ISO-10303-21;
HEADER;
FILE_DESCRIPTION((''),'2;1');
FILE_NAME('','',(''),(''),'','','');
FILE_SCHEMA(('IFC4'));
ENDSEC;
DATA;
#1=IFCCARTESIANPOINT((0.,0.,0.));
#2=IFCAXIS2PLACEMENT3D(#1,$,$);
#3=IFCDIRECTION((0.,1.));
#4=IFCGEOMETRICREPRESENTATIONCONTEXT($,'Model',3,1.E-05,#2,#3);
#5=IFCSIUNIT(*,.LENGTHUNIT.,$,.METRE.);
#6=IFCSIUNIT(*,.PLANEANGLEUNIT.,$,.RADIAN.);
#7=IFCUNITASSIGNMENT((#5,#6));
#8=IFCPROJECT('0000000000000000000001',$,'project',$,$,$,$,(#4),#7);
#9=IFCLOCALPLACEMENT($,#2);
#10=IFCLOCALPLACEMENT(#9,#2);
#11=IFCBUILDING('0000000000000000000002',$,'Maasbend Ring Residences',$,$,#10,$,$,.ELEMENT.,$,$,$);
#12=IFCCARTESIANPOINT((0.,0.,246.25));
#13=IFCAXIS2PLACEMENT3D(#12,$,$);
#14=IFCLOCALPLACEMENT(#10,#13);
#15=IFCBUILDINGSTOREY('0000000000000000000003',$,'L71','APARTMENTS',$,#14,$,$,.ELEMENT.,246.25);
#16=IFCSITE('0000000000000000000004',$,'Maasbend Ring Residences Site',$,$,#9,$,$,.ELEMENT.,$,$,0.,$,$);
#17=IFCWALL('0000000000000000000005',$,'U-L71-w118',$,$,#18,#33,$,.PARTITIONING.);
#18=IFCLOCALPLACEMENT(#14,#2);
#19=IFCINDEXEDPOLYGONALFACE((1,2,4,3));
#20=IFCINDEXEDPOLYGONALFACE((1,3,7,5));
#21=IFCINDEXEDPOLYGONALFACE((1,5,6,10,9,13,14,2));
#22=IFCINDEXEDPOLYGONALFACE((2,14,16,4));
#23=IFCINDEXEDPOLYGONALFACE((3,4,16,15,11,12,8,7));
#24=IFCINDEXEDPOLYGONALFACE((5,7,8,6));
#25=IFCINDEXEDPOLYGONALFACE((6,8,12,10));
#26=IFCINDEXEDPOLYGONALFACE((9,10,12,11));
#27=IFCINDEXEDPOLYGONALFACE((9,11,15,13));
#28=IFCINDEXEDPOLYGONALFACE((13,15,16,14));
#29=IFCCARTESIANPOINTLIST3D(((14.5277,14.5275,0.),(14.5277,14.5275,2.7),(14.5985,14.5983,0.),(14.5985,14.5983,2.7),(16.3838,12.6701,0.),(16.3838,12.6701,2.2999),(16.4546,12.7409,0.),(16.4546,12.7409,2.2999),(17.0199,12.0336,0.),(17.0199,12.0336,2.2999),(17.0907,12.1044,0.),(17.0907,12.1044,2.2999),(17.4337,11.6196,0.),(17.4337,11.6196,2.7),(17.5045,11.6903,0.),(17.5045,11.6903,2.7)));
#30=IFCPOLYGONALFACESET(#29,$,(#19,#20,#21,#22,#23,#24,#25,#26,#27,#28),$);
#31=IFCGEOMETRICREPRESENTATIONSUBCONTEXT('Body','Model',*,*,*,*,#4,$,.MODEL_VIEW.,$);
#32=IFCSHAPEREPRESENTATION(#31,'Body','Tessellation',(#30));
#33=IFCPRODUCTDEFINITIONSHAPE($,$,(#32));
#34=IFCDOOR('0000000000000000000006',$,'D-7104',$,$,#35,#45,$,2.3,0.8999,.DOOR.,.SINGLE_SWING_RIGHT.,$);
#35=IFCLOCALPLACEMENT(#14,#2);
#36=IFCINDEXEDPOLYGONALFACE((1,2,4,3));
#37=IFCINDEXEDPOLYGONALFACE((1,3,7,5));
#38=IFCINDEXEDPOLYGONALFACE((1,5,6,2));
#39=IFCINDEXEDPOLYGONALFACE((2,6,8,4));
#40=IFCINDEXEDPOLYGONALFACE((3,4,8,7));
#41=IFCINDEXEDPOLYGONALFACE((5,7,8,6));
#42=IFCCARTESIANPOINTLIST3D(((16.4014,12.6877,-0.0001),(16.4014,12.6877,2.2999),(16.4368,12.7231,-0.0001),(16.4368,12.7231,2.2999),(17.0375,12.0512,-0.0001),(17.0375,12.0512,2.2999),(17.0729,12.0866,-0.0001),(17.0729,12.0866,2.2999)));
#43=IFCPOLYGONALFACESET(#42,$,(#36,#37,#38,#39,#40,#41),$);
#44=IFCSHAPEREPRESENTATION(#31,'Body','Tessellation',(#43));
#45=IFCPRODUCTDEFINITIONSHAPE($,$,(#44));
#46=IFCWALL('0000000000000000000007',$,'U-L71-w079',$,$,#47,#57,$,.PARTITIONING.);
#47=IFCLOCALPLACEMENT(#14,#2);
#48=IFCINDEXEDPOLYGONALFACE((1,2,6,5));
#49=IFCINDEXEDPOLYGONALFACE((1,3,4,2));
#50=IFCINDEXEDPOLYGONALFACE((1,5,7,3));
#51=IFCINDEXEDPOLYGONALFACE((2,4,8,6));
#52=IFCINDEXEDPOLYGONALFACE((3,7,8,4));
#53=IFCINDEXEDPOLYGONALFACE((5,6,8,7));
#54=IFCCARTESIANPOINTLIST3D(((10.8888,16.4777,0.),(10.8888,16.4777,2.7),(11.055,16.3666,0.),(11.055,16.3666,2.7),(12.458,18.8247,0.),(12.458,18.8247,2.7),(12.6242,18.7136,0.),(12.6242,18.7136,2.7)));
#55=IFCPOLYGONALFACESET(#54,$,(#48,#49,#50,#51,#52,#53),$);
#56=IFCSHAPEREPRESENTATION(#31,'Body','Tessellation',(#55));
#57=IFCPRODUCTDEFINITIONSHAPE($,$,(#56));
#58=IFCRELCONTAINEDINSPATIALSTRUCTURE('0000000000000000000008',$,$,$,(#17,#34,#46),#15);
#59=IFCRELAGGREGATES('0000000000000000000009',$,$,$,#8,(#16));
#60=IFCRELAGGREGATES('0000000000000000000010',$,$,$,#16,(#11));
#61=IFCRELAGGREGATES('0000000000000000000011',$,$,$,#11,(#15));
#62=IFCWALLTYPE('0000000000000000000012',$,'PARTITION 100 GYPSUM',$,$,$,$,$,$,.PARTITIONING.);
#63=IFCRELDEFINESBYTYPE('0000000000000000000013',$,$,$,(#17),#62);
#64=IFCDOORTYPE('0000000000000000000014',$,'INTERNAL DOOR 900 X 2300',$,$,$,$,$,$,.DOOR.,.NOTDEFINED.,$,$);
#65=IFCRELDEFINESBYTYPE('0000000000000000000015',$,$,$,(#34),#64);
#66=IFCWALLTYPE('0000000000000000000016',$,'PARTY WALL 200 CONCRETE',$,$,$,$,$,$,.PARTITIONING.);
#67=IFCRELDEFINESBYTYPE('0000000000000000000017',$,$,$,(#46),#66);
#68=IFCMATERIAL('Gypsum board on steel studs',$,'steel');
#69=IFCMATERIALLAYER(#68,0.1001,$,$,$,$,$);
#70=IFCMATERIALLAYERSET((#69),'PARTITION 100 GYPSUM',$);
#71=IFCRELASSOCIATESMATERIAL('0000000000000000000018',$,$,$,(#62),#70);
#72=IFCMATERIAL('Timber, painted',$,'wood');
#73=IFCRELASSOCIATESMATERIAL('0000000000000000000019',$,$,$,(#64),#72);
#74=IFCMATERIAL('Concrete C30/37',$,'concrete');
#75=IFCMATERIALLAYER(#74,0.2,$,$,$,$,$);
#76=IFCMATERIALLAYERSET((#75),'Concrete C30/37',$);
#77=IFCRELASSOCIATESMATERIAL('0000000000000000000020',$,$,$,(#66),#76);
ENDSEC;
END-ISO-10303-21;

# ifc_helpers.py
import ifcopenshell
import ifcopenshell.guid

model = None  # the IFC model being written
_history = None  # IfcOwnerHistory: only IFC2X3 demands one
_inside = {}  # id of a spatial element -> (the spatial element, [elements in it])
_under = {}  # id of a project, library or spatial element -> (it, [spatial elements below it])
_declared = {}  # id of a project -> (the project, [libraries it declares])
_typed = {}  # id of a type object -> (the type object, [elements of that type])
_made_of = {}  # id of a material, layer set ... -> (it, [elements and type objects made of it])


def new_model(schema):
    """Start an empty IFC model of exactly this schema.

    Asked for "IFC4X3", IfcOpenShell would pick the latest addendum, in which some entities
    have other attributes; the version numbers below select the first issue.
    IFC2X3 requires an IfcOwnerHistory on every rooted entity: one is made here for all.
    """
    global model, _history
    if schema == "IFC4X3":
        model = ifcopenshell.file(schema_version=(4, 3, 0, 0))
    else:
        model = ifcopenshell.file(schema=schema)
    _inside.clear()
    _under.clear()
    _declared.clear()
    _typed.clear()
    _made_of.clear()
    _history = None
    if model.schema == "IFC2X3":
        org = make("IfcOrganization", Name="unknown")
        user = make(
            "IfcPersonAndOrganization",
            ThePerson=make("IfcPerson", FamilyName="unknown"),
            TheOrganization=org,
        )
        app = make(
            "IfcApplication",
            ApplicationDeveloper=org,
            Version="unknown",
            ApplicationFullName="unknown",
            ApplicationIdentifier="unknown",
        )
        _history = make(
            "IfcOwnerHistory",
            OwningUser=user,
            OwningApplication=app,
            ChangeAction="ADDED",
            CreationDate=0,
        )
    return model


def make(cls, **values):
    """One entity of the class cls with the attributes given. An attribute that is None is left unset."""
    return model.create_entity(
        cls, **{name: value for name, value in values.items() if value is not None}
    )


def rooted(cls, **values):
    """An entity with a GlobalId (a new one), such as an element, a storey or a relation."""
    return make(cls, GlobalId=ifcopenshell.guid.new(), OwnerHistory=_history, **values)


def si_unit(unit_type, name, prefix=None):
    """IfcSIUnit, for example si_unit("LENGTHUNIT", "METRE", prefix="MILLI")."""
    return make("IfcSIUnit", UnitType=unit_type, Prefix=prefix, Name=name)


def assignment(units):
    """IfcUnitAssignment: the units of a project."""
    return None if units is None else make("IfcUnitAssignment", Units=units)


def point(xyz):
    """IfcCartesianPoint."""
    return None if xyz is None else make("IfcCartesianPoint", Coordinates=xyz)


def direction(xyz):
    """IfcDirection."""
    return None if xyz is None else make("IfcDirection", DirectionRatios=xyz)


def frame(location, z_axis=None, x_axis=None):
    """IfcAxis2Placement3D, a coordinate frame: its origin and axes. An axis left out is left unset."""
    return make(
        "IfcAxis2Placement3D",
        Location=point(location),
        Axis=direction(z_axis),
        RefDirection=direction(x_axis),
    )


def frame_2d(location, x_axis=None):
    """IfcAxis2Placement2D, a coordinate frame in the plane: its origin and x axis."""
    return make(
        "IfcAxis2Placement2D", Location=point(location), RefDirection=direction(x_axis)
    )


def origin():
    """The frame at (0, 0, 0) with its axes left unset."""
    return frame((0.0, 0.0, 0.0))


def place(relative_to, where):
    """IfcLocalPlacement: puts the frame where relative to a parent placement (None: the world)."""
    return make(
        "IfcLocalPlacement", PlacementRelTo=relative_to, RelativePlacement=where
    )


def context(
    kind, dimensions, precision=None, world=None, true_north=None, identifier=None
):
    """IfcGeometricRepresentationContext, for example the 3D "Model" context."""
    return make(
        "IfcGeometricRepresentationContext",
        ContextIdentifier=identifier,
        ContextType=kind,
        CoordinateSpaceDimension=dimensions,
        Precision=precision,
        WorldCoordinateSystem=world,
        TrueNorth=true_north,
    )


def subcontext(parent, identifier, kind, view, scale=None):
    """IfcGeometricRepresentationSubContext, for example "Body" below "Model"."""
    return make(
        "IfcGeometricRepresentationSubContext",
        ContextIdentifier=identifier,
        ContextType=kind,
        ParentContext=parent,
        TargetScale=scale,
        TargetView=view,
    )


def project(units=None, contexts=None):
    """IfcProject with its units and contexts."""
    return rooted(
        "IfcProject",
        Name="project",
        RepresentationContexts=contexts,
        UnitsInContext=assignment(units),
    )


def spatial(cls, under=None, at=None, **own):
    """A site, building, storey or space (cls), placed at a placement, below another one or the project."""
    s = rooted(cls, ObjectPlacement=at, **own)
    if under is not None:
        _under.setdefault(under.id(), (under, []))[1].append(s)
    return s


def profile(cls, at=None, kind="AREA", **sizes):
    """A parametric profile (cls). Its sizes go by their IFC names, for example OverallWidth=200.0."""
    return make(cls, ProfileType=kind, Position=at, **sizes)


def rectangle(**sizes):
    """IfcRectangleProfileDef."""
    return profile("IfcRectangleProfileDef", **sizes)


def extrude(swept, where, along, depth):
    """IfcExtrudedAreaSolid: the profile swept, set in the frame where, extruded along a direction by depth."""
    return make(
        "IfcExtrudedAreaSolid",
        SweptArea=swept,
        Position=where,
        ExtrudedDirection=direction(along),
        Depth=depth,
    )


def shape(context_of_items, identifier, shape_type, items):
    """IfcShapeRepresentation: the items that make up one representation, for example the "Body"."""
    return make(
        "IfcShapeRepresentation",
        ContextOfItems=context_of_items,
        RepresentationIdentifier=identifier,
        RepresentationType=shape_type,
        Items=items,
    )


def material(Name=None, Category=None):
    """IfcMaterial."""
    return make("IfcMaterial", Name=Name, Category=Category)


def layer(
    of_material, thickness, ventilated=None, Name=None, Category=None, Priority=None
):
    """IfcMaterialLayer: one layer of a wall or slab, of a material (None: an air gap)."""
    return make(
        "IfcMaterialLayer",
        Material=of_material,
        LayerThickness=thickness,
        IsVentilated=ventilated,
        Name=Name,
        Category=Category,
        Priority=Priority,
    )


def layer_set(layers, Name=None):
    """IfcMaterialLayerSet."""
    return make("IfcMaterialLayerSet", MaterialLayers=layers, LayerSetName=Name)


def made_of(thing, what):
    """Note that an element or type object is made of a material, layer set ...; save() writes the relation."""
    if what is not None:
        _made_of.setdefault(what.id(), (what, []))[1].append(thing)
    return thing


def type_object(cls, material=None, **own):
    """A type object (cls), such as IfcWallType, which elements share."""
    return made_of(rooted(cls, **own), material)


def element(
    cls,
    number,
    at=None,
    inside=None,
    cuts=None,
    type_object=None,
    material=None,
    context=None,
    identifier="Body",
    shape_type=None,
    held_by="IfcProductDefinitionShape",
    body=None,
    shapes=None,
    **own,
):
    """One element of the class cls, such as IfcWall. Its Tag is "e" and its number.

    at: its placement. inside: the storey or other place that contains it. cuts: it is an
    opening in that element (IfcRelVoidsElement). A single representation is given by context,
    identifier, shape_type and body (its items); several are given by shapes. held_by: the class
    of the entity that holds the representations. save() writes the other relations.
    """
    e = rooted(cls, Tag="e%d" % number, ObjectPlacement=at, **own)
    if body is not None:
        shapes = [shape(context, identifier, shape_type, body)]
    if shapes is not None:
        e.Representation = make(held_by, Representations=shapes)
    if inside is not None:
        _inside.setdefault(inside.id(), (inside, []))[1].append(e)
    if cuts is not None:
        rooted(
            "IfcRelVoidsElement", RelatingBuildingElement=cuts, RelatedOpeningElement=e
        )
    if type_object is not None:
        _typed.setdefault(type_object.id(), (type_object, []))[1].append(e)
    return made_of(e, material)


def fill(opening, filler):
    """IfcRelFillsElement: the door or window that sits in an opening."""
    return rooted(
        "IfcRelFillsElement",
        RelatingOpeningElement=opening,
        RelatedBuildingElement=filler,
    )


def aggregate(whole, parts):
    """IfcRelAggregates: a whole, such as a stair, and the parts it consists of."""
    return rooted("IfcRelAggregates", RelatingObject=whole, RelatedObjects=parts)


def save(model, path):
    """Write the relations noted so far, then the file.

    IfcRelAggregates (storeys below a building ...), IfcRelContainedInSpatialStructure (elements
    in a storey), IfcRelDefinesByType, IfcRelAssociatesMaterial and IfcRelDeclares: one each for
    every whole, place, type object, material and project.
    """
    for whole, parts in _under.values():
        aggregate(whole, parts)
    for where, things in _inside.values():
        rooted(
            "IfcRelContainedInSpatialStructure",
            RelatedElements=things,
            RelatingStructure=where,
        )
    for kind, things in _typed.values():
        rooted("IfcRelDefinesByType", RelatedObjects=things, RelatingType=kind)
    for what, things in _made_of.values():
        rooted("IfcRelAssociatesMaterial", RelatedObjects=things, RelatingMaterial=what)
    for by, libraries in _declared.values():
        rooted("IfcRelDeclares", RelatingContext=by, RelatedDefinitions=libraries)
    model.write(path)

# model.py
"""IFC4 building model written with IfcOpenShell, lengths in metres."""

from ifc_helpers import new_model, si_unit, direction, frame, frame_2d, origin, place, context, subcontext, project, spatial, rectangle, extrude, material, layer, layer_set, type_object, element, fill, save


model = new_model("IFC4")

# Units and contexts
model_context = context("Model", 3, precision=1e-05, world=origin(), true_north=direction((0.0, 1.0)))
body_context = subcontext(model_context, "Body", "Model", "MODEL_VIEW")
ifc_project = project(units=[si_unit("LENGTHUNIT", "METRE"), si_unit("PLANEANGLEUNIT", "RADIAN")], contexts=[model_context])

# Site, building, storey
site_placement = place(None, origin())
site = spatial("IfcSite", under=ifc_project, at=site_placement, Name="Maasbend Ring Residences Site", CompositionType="ELEMENT", RefElevation=0.0)
building_placement = place(site_placement, origin())
building = spatial("IfcBuilding", under=site, at=building_placement, Name="Maasbend Ring Residences", CompositionType="ELEMENT")
storey_placement = place(building_placement, frame((0.0, 0.0, 246.25)))
storey = spatial("IfcBuildingStorey", under=building, at=storey_placement, Name="L71", Description="APARTMENTS", CompositionType="ELEMENT", Elevation=246.25)

# Shared definitions
ifc_material_1 = material(Name="Gypsum board on steel studs", Category="steel")
ifc_layer_1 = layer(ifc_material_1, 0.1001)
ifc_layer_set_1 = layer_set([ifc_layer_1], Name="PARTITION 100 GYPSUM")
wall_type_1 = type_object("IfcWallType", Name="PARTITION 100 GYPSUM", PredefinedType="PARTITIONING", material=ifc_layer_set_1)

# Shared definitions
ifc_material_2 = material(Name="Timber, painted", Category="wood")
door_type_1 = type_object("IfcDoorType", Name="INTERNAL DOOR 900 X 2300", OperationType="NOTDEFINED", PredefinedType="DOOR", material=ifc_material_2)

# Wall, opening, door
wall_1_placement = place(storey_placement, frame((14.563, 14.563, 0.0), z_axis=(0.0, 0.0, 1.0), x_axis=(0.706869, -0.707344, 0.0)))
wall_1 = element("IfcWall", 1, at=wall_1_placement, inside=storey, type_object=wall_type_1, Name="U-L71-w118", PredefinedType="PARTITIONING", context=body_context, shape_type="SweptSolid", body=[
    extrude(rectangle(XDim=4.1111, YDim=0.1001, at=frame_2d((2.0557, 0.0))), origin(), (0.0, 0.0, 1.0), 2.7),
])
opening_1_placement = place(wall_1_placement, frame((2.626, 0.0, 0.0)))
opening_1 = element("IfcOpeningElement", 2, at=opening_1_placement, cuts=wall_1, PredefinedType="OPENING", context=body_context, shape_type="SweptSolid", body=[
    extrude(rectangle(XDim=0.8999, YDim=2.3, at=frame_2d((0.45, 1.1499))), frame((0.0, 0.0601, 0.0), z_axis=(0.0, -1.0, 0.0), x_axis=(1.0, 0.0, 0.0)), (0.0, 0.0, 1.0), 0.1201),
])
door_1_placement = place(opening_1_placement, origin())
door_1 = element("IfcDoor", 3, at=door_1_placement, inside=storey, type_object=door_type_1, Name="D-7104", OperationType="SINGLE_SWING_RIGHT", OverallHeight=2.3, OverallWidth=0.8999, PredefinedType="DOOR", context=body_context, shape_type="SweptSolid", body=[
    extrude(rectangle(XDim=0.8999, YDim=2.3, at=frame_2d((0.45, 1.1499))), frame((0.0, 0.0249, 0.0), z_axis=(0.0, -1.0, 0.0), x_axis=(1.0, 0.0, 0.0)), (0.0, 0.0, 1.0), 0.05),
])
fill(opening_1, door_1)

# Wall
ifc_material_3 = material(Name="Concrete C30/37", Category="concrete")
ifc_layer_2 = layer(ifc_material_3, 0.2)
ifc_layer_set_2 = layer_set([ifc_layer_2], Name="Concrete C30/37")
wall_type_2 = type_object("IfcWallType", Name="PARTY WALL 200 CONCRETE", PredefinedType="PARTITIONING", material=ifc_layer_set_2)
wall_2_placement = place(storey_placement, frame((10.9719, 16.4221, 0.0), z_axis=(0.0, 0.0, 1.0), x_axis=(0.555797, 0.831318, 0.0)))
element("IfcWall", 4, at=wall_2_placement, inside=storey, type_object=wall_type_2, Name="U-L71-w079", PredefinedType="PARTITIONING", context=body_context, shape_type="SweptSolid", body=[
    extrude(rectangle(XDim=2.8232, YDim=0.2, at=frame_2d((1.4116, 0.0))), origin(), (0.0, 0.0, 1.0), 2.7),
])

save(model, "model.ifc")
